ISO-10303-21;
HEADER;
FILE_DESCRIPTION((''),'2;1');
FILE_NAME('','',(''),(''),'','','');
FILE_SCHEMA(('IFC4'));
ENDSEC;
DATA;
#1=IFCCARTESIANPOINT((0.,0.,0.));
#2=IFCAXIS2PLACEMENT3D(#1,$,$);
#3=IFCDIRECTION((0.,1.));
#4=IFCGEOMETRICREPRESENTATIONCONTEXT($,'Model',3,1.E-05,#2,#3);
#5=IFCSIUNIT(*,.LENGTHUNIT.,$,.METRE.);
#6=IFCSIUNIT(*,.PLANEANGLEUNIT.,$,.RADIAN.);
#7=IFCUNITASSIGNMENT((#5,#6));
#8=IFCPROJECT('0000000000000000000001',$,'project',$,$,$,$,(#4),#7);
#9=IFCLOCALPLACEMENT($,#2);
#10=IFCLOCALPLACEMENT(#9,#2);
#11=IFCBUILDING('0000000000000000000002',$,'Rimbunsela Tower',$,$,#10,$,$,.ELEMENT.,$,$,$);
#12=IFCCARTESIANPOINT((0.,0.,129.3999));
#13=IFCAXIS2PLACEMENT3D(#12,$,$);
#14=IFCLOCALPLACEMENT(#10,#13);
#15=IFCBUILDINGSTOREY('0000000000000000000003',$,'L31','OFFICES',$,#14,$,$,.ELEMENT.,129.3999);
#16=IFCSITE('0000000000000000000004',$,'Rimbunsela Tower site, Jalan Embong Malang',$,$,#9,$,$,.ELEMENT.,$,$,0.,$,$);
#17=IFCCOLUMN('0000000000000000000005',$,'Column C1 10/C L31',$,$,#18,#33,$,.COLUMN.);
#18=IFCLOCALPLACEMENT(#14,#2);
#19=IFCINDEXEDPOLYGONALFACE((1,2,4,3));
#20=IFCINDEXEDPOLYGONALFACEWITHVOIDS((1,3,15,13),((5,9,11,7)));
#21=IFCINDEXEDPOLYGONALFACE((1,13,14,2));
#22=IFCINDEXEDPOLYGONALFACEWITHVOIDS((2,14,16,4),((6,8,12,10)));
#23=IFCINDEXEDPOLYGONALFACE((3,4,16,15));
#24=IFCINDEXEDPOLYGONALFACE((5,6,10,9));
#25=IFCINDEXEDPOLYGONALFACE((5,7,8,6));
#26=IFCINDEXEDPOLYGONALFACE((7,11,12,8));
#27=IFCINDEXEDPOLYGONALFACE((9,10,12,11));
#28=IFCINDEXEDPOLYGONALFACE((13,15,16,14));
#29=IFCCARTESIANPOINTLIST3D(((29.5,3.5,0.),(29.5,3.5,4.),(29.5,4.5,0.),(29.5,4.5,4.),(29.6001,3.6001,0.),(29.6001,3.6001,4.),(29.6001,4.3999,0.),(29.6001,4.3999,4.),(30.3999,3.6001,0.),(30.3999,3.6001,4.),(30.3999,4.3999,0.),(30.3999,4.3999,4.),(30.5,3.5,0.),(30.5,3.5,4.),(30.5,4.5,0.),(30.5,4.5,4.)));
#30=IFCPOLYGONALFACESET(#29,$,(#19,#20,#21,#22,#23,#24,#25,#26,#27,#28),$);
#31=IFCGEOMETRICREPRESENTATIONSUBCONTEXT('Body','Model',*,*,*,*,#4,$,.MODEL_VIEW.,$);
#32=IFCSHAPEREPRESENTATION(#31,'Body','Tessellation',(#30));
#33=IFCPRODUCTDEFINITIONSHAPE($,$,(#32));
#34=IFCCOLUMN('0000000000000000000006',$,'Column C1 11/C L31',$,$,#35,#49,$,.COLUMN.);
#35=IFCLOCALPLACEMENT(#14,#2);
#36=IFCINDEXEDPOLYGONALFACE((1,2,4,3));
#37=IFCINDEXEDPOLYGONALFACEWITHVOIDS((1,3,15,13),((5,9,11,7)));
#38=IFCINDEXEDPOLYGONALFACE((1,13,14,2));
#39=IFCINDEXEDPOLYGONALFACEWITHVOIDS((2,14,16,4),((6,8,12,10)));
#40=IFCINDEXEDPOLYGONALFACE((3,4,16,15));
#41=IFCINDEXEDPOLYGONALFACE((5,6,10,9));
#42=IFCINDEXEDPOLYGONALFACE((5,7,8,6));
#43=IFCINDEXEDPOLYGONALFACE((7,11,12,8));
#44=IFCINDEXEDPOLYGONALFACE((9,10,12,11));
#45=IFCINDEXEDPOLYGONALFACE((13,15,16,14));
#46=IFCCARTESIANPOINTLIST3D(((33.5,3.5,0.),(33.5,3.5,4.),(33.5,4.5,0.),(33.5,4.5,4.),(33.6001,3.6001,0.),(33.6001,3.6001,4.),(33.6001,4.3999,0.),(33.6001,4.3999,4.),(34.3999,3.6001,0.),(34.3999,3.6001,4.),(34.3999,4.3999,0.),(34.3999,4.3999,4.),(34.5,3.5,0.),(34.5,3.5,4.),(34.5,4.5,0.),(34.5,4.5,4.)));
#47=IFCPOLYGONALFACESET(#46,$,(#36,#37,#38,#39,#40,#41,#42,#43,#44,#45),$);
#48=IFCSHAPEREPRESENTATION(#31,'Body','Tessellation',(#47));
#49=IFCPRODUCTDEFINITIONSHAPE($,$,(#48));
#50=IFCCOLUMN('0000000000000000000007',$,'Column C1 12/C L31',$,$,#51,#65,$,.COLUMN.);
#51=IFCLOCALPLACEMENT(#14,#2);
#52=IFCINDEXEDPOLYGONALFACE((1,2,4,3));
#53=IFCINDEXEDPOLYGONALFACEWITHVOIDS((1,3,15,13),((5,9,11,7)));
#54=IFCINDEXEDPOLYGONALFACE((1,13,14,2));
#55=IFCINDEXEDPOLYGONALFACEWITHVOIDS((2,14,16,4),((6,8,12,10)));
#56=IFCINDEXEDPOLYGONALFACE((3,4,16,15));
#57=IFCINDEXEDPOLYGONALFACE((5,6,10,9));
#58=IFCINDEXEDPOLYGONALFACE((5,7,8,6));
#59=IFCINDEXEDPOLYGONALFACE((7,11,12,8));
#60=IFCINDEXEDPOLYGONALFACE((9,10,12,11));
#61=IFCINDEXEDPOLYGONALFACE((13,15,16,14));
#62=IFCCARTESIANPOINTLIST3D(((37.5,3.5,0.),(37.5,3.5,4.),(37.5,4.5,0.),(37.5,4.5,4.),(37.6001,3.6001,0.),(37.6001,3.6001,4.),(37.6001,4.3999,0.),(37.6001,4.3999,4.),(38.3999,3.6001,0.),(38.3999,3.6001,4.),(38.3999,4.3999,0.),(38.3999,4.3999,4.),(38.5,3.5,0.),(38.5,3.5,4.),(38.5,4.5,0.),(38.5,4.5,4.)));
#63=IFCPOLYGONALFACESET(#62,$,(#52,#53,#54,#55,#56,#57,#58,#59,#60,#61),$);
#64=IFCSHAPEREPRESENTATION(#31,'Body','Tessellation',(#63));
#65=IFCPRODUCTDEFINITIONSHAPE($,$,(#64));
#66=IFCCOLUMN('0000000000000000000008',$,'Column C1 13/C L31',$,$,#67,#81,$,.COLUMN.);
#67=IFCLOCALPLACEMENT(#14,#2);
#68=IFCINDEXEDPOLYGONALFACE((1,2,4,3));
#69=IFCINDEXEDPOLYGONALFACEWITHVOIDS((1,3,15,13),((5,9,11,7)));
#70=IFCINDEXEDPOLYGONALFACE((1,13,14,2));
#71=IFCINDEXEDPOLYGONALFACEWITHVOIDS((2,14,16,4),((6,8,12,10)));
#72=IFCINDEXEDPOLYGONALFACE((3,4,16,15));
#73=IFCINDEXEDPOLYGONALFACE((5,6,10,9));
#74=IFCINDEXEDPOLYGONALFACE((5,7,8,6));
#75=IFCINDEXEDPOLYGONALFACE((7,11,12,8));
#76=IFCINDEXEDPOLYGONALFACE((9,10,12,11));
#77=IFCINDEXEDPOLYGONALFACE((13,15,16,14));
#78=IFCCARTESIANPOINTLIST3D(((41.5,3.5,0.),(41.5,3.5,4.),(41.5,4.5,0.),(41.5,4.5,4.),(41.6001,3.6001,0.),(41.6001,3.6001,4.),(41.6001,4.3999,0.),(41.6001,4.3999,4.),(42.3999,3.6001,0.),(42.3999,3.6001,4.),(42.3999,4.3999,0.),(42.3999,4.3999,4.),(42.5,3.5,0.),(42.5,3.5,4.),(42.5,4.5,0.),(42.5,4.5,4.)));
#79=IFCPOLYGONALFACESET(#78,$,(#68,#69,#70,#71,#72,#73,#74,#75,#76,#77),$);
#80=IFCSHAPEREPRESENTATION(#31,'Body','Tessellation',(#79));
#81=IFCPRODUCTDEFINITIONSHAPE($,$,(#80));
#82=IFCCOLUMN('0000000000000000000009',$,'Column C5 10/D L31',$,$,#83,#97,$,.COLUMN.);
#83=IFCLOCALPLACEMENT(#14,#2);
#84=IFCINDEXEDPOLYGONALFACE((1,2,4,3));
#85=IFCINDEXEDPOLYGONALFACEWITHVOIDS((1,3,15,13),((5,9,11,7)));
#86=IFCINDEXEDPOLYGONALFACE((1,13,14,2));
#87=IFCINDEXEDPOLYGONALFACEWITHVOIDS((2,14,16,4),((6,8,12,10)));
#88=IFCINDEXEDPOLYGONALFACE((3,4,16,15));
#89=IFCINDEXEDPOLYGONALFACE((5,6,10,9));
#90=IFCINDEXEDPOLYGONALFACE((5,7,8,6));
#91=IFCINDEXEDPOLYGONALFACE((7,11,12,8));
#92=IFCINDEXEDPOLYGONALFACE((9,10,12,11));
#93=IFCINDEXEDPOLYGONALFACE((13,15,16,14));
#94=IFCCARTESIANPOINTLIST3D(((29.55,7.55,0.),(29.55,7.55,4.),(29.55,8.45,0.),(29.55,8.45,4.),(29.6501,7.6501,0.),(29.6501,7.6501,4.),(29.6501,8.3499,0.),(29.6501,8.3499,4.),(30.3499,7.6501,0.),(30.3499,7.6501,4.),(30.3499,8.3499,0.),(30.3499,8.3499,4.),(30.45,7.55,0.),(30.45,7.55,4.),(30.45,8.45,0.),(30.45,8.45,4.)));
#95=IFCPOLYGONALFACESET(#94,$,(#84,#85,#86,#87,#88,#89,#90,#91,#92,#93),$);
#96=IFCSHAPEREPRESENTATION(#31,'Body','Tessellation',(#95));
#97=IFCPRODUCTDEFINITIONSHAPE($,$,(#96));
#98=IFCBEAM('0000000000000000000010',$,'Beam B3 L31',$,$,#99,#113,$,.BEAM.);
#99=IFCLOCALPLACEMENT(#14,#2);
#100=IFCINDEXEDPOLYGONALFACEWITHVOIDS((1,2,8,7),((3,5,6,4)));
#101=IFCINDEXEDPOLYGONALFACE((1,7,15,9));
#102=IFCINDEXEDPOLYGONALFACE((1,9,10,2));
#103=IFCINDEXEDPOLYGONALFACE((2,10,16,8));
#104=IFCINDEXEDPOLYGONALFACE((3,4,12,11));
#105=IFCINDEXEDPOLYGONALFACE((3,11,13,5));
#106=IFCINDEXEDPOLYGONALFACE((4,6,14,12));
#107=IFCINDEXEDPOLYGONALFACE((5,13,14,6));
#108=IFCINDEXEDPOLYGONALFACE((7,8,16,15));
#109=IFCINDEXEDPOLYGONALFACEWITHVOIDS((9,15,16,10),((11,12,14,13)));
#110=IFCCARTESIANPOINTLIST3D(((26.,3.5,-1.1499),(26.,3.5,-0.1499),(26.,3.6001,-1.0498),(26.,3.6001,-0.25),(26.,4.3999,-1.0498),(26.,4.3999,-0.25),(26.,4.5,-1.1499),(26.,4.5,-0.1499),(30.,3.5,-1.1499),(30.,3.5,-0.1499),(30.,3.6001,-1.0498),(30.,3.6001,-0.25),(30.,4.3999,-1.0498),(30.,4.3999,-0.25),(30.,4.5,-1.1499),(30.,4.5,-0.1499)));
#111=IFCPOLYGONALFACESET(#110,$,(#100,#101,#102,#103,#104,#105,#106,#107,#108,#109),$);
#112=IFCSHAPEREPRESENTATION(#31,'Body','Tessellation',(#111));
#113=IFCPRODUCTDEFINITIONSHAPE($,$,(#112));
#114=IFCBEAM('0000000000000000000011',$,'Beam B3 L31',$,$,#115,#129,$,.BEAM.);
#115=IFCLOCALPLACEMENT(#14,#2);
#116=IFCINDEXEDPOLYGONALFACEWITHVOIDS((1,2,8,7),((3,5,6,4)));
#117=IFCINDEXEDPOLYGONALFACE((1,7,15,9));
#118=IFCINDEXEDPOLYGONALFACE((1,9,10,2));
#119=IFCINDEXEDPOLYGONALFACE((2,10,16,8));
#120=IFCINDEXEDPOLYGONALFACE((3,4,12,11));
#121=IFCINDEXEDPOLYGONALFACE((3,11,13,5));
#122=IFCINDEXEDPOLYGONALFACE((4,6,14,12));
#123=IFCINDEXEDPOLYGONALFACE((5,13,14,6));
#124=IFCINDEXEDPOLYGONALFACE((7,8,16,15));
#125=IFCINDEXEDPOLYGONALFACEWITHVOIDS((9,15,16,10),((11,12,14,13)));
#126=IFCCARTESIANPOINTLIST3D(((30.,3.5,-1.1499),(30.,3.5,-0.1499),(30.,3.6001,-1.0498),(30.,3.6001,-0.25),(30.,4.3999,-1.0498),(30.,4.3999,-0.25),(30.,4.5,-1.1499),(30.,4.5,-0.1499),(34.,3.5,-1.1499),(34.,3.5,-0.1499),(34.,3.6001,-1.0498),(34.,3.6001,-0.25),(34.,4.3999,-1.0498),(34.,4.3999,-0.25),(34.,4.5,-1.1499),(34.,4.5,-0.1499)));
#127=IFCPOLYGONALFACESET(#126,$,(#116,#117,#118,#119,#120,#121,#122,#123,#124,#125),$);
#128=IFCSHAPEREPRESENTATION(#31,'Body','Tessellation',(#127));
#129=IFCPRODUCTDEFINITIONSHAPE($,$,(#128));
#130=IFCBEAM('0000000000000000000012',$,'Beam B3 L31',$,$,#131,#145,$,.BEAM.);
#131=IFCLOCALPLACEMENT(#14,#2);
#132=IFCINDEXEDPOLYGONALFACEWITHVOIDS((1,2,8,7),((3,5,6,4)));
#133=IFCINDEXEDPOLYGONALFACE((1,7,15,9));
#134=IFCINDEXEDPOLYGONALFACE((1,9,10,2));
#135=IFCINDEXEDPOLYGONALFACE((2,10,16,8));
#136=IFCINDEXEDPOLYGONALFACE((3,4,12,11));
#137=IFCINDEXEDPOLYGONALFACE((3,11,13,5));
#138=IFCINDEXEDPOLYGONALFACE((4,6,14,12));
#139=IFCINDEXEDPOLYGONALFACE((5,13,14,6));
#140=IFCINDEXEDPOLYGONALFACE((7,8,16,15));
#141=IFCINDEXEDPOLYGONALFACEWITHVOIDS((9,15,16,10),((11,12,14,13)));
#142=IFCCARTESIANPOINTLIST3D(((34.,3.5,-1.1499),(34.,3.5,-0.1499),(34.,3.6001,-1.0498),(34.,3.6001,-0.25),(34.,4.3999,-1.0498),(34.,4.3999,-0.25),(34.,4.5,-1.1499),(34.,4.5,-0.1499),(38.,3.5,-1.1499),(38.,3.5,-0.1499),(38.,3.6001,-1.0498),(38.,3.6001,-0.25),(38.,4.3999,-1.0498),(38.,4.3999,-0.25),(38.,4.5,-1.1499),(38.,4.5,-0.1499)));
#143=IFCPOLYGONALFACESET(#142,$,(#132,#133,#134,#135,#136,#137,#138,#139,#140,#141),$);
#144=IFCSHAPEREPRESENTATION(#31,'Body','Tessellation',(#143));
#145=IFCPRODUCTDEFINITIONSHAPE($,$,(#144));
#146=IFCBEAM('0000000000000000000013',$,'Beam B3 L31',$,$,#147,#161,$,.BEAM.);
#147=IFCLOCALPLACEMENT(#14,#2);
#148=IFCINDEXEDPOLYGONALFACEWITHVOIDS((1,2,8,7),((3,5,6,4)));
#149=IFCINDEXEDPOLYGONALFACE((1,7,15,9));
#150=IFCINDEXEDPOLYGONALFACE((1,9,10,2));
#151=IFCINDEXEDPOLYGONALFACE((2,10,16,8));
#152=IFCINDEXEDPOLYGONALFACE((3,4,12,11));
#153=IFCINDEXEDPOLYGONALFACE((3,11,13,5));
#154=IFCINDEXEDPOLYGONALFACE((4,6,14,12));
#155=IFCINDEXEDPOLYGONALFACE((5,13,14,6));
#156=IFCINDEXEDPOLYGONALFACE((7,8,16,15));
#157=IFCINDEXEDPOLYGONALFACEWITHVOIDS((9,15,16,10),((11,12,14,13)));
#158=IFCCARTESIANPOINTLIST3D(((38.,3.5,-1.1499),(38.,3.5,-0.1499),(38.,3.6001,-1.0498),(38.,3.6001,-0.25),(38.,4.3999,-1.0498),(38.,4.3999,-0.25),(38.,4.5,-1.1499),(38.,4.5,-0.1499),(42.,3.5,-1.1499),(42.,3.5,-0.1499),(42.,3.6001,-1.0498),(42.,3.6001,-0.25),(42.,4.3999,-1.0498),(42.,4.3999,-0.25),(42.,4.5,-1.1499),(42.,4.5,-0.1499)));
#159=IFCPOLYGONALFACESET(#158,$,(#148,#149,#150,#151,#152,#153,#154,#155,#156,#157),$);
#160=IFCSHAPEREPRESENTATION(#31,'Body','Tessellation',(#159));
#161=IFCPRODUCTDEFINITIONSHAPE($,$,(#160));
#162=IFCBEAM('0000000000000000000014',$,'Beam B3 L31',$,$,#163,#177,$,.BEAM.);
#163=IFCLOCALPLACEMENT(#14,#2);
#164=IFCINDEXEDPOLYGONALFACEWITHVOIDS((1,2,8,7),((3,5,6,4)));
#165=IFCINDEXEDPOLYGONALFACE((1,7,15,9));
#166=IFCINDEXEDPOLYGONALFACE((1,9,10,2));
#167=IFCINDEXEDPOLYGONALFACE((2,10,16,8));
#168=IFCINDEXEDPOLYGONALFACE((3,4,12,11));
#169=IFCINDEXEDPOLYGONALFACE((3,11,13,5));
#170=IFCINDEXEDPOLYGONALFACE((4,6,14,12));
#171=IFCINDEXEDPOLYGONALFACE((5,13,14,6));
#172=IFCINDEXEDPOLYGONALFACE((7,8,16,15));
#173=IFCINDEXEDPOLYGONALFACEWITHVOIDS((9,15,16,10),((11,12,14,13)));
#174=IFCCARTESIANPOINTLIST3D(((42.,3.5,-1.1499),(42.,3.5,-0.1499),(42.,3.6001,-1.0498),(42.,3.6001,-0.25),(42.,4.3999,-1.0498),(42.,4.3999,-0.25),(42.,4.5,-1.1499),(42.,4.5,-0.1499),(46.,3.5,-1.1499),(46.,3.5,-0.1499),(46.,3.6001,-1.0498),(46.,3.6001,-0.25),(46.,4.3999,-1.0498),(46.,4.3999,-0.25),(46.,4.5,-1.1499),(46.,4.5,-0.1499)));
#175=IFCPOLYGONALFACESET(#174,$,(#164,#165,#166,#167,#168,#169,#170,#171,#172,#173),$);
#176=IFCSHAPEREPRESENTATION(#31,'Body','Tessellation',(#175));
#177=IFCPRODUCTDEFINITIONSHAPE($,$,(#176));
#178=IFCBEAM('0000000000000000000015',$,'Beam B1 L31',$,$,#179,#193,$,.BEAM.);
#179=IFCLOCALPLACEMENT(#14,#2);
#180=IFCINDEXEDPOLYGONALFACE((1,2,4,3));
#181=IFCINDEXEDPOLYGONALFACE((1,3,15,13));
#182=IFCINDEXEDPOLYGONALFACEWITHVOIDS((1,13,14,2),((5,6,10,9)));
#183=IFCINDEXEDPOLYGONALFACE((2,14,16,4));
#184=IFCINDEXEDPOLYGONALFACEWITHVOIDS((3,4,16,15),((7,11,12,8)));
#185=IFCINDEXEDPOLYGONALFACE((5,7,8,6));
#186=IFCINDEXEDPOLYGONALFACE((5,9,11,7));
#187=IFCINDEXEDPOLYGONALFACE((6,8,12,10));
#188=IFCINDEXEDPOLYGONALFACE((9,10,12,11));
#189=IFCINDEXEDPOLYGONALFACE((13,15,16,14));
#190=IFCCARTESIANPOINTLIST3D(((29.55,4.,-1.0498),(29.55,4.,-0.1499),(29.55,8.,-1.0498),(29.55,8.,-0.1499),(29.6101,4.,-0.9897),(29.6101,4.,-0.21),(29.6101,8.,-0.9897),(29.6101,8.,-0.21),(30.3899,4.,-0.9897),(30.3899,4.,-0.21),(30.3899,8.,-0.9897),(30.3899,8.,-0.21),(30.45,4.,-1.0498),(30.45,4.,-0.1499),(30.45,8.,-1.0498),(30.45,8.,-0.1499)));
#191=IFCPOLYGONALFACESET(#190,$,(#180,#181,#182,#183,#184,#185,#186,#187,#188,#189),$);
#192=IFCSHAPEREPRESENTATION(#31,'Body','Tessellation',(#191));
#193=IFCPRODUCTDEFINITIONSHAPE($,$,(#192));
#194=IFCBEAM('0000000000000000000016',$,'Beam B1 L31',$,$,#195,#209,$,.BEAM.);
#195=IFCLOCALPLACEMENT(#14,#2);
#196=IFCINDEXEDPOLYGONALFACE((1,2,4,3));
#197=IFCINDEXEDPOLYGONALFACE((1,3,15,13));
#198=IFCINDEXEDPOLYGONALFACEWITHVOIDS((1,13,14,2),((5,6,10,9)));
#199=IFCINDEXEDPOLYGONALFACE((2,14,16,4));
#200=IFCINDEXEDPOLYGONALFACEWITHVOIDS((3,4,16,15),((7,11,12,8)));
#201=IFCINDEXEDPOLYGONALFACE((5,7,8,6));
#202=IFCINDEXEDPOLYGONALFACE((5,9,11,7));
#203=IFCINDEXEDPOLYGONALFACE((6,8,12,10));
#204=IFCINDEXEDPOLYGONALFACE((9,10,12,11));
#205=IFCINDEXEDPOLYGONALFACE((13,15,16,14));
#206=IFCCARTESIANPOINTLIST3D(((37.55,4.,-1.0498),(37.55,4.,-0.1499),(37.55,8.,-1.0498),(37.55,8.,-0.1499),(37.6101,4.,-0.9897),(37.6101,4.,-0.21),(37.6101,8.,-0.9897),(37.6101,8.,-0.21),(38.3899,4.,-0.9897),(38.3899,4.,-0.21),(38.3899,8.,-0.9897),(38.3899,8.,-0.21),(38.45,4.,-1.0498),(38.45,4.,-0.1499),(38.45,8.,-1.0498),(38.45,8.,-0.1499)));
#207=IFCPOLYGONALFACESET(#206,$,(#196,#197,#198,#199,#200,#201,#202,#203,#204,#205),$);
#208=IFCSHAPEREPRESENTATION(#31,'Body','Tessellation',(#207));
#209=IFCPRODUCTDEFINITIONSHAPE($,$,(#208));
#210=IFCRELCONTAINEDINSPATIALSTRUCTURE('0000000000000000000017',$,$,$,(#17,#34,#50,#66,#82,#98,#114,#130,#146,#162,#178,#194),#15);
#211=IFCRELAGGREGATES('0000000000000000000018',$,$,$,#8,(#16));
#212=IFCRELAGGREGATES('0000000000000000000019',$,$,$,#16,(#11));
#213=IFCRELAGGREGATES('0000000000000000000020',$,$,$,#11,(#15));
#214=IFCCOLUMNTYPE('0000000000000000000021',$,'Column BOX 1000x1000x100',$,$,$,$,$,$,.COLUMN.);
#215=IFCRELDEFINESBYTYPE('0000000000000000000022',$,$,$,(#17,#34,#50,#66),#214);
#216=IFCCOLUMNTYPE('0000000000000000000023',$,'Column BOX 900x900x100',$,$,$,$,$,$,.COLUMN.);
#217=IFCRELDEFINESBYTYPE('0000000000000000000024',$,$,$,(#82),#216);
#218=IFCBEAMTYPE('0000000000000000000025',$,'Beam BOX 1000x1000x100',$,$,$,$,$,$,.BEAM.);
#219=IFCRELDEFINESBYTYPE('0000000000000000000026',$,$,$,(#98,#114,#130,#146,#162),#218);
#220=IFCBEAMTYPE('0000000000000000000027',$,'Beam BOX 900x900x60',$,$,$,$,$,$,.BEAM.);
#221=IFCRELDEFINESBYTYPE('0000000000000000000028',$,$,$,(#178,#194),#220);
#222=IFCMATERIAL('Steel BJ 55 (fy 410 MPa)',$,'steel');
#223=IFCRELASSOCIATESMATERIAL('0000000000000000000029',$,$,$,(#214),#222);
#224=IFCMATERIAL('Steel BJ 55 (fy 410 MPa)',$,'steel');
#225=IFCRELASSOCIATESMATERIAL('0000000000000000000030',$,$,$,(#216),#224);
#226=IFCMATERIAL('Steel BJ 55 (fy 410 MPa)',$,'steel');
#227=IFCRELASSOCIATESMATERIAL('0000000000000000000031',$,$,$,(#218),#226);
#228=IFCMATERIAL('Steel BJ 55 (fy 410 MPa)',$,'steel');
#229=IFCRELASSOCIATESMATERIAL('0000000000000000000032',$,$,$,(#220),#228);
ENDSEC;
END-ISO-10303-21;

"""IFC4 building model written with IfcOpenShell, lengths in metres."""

from ifc_helpers import new_model, si_unit, direction, frame, origin, origin_2d, place, context, subcontext, project, spatial, hollow_rectangle, extrude, material, material_profile, profile_set, type_object, element, save


model = new_model("IFC4")

# Units and contexts
model_context = context("Model", 3, precision=1e-05, world=origin(), true_north=direction((0.0, 1.0)))
body_context = subcontext(model_context, "Body", "Model", "MODEL_VIEW")
ifc_project = project(units=[si_unit("LENGTHUNIT", "METRE"), si_unit("PLANEANGLEUNIT", "RADIAN")], contexts=[model_context])

# Site, building, storey
site_placement = place(None, origin())
site = spatial("IfcSite", under=ifc_project, at=site_placement, Name="Rimbunsela Tower site, Jalan Embong Malang", CompositionType="ELEMENT", RefElevation=0.0)
building_placement = place(site_placement, origin())
building = spatial("IfcBuilding", under=site, at=building_placement, Name="Rimbunsela Tower", CompositionType="ELEMENT")
storey_placement = place(building_placement, frame((0.0, 0.0, 129.3999)))
storey = spatial("IfcBuildingStorey", under=building, at=storey_placement, Name="L31", Description="OFFICES", CompositionType="ELEMENT", Elevation=129.3999)

# Columns
ifc_material_1 = material(Name="Steel BJ 55 (fy 410 MPa)", Category="steel")
ifc_material_profile_1 = material_profile(ifc_material_1, hollow_rectangle(XDim=1.0, YDim=1.0, WallThickness=0.1001, at=origin_2d()), Name="BOX 1000x1000x100")
ifc_profile_set_1 = profile_set([ifc_material_profile_1], Name="Steel BJ 55 (fy 410 MPa)")
column_type_1 = type_object("IfcColumnType", Name="Column BOX 1000x1000x100", PredefinedType="COLUMN", material=ifc_profile_set_1)
for number, where, z_axis, x_axis, name in (
    (1, (30.0, 4.0, 0.0), (0.0, 0.0, 1.0), (1.0, 0.0, 0.0), "Column C1 10/C L31"),
    (2, (34.0, 4.0, 0.0), (0.0, 0.0, 1.0), (1.0, 0.0, 0.0), "Column C1 11/C L31"),
    (3, (38.0, 4.0, 0.0), (0.0, 0.0, 1.0), (1.0, 0.0, 0.0), "Column C1 12/C L31"),
    (4, (42.0, 4.0, 0.0), (0.0, 0.0, 1.0), (1.0, 0.0, 0.0), "Column C1 13/C L31"),
):
    element("IfcColumn", number, at=place(storey_placement, frame(where, z_axis=z_axis, x_axis=x_axis)), inside=storey, type_object=column_type_1, Name=name, PredefinedType="COLUMN", context=body_context, shape_type="SweptSolid", body=[
        extrude(hollow_rectangle(XDim=1.0, YDim=1.0, WallThickness=0.1001, at=origin_2d()), origin(), (0.0, 0.0, 1.0), 4.0),
    ])
ifc_material_2 = material(Name="Steel BJ 55 (fy 410 MPa)", Category="steel")
ifc_material_profile_2 = material_profile(ifc_material_2, hollow_rectangle(XDim=0.8999, YDim=0.8999, WallThickness=0.1001, at=origin_2d()), Name="BOX 900x900x100")
ifc_profile_set_2 = profile_set([ifc_material_profile_2], Name="Steel BJ 55 (fy 410 MPa)")
column_type_2 = type_object("IfcColumnType", Name="Column BOX 900x900x100", PredefinedType="COLUMN", material=ifc_profile_set_2)
column_placement = place(storey_placement, frame((30.0, 8.0, 0.0), z_axis=(0.0, 0.0, 1.0), x_axis=(1.0, 0.0, 0.0)))
element("IfcColumn", 5, at=column_placement, inside=storey, type_object=column_type_2, Name="Column C5 10/D L31", PredefinedType="COLUMN", context=body_context, shape_type="SweptSolid", body=[
    extrude(hollow_rectangle(XDim=0.8999, YDim=0.8999, WallThickness=0.1001, at=origin_2d()), origin(), (0.0, 0.0, 1.0), 4.0),
])

# Beams
ifc_material_3 = material(Name="Steel BJ 55 (fy 410 MPa)", Category="steel")
ifc_material_profile_3 = material_profile(ifc_material_3, hollow_rectangle(XDim=1.0, YDim=1.0, WallThickness=0.1001, at=origin_2d()), Name="BOX 1000x1000x100")
ifc_profile_set_3 = profile_set([ifc_material_profile_3], Name="Steel BJ 55 (fy 410 MPa)")
beam_type_1 = type_object("IfcBeamType", Name="Beam BOX 1000x1000x100", PredefinedType="BEAM", material=ifc_profile_set_3)
for number, where, z_axis, x_axis, name in (
    (6, (26.0, 4.0, -0.6499), (1.0, 0.0, 0.0), (0.0, 1.0, 0.0), "Beam B3 L31"),
    (7, (30.0, 4.0, -0.6499), (1.0, 0.0, 0.0), (0.0, 1.0, 0.0), "Beam B3 L31"),
    (8, (34.0, 4.0, -0.6499), (1.0, 0.0, 0.0), (0.0, 1.0, 0.0), "Beam B3 L31"),
    (9, (38.0, 4.0, -0.6499), (1.0, 0.0, 0.0), (0.0, 1.0, 0.0), "Beam B3 L31"),
    (10, (42.0, 4.0, -0.6499), (1.0, 0.0, 0.0), (0.0, 1.0, 0.0), "Beam B3 L31"),
):
    element("IfcBeam", number, at=place(storey_placement, frame(where, z_axis=z_axis, x_axis=x_axis)), inside=storey, type_object=beam_type_1, Name=name, PredefinedType="BEAM", context=body_context, shape_type="SweptSolid", body=[
        extrude(hollow_rectangle(XDim=1.0, YDim=1.0, WallThickness=0.1001, at=origin_2d()), origin(), (0.0, 0.0, 1.0), 4.0),
    ])
ifc_material_4 = material(Name="Steel BJ 55 (fy 410 MPa)", Category="steel")
ifc_material_profile_4 = material_profile(ifc_material_4, hollow_rectangle(XDim=0.8999, YDim=0.8999, WallThickness=0.0601, at=origin_2d()), Name="BOX 900x900x60")
ifc_profile_set_4 = profile_set([ifc_material_profile_4], Name="Steel BJ 55 (fy 410 MPa)")
beam_type_2 = type_object("IfcBeamType", Name="Beam BOX 900x900x60", PredefinedType="BEAM", material=ifc_profile_set_4)
for number, where, z_axis, x_axis, name in (
    (11, (30.0, 4.0, -0.5999), (0.0, 1.0, 0.0), (-1.0, 0.0, 0.0), "Beam B1 L31"),
    (12, (38.0, 4.0, -0.5999), (0.0, 1.0, 0.0), (-1.0, 0.0, 0.0), "Beam B1 L31"),
):
    element("IfcBeam", number, at=place(storey_placement, frame(where, z_axis=z_axis, x_axis=x_axis)), inside=storey, type_object=beam_type_2, Name=name, PredefinedType="BEAM", context=body_context, shape_type="SweptSolid", body=[
        extrude(hollow_rectangle(XDim=0.8999, YDim=0.8999, WallThickness=0.0601, at=origin_2d()), origin(), (0.0, 0.0, 1.0), 4.0),
    ])

save(model, "model.ifc")
